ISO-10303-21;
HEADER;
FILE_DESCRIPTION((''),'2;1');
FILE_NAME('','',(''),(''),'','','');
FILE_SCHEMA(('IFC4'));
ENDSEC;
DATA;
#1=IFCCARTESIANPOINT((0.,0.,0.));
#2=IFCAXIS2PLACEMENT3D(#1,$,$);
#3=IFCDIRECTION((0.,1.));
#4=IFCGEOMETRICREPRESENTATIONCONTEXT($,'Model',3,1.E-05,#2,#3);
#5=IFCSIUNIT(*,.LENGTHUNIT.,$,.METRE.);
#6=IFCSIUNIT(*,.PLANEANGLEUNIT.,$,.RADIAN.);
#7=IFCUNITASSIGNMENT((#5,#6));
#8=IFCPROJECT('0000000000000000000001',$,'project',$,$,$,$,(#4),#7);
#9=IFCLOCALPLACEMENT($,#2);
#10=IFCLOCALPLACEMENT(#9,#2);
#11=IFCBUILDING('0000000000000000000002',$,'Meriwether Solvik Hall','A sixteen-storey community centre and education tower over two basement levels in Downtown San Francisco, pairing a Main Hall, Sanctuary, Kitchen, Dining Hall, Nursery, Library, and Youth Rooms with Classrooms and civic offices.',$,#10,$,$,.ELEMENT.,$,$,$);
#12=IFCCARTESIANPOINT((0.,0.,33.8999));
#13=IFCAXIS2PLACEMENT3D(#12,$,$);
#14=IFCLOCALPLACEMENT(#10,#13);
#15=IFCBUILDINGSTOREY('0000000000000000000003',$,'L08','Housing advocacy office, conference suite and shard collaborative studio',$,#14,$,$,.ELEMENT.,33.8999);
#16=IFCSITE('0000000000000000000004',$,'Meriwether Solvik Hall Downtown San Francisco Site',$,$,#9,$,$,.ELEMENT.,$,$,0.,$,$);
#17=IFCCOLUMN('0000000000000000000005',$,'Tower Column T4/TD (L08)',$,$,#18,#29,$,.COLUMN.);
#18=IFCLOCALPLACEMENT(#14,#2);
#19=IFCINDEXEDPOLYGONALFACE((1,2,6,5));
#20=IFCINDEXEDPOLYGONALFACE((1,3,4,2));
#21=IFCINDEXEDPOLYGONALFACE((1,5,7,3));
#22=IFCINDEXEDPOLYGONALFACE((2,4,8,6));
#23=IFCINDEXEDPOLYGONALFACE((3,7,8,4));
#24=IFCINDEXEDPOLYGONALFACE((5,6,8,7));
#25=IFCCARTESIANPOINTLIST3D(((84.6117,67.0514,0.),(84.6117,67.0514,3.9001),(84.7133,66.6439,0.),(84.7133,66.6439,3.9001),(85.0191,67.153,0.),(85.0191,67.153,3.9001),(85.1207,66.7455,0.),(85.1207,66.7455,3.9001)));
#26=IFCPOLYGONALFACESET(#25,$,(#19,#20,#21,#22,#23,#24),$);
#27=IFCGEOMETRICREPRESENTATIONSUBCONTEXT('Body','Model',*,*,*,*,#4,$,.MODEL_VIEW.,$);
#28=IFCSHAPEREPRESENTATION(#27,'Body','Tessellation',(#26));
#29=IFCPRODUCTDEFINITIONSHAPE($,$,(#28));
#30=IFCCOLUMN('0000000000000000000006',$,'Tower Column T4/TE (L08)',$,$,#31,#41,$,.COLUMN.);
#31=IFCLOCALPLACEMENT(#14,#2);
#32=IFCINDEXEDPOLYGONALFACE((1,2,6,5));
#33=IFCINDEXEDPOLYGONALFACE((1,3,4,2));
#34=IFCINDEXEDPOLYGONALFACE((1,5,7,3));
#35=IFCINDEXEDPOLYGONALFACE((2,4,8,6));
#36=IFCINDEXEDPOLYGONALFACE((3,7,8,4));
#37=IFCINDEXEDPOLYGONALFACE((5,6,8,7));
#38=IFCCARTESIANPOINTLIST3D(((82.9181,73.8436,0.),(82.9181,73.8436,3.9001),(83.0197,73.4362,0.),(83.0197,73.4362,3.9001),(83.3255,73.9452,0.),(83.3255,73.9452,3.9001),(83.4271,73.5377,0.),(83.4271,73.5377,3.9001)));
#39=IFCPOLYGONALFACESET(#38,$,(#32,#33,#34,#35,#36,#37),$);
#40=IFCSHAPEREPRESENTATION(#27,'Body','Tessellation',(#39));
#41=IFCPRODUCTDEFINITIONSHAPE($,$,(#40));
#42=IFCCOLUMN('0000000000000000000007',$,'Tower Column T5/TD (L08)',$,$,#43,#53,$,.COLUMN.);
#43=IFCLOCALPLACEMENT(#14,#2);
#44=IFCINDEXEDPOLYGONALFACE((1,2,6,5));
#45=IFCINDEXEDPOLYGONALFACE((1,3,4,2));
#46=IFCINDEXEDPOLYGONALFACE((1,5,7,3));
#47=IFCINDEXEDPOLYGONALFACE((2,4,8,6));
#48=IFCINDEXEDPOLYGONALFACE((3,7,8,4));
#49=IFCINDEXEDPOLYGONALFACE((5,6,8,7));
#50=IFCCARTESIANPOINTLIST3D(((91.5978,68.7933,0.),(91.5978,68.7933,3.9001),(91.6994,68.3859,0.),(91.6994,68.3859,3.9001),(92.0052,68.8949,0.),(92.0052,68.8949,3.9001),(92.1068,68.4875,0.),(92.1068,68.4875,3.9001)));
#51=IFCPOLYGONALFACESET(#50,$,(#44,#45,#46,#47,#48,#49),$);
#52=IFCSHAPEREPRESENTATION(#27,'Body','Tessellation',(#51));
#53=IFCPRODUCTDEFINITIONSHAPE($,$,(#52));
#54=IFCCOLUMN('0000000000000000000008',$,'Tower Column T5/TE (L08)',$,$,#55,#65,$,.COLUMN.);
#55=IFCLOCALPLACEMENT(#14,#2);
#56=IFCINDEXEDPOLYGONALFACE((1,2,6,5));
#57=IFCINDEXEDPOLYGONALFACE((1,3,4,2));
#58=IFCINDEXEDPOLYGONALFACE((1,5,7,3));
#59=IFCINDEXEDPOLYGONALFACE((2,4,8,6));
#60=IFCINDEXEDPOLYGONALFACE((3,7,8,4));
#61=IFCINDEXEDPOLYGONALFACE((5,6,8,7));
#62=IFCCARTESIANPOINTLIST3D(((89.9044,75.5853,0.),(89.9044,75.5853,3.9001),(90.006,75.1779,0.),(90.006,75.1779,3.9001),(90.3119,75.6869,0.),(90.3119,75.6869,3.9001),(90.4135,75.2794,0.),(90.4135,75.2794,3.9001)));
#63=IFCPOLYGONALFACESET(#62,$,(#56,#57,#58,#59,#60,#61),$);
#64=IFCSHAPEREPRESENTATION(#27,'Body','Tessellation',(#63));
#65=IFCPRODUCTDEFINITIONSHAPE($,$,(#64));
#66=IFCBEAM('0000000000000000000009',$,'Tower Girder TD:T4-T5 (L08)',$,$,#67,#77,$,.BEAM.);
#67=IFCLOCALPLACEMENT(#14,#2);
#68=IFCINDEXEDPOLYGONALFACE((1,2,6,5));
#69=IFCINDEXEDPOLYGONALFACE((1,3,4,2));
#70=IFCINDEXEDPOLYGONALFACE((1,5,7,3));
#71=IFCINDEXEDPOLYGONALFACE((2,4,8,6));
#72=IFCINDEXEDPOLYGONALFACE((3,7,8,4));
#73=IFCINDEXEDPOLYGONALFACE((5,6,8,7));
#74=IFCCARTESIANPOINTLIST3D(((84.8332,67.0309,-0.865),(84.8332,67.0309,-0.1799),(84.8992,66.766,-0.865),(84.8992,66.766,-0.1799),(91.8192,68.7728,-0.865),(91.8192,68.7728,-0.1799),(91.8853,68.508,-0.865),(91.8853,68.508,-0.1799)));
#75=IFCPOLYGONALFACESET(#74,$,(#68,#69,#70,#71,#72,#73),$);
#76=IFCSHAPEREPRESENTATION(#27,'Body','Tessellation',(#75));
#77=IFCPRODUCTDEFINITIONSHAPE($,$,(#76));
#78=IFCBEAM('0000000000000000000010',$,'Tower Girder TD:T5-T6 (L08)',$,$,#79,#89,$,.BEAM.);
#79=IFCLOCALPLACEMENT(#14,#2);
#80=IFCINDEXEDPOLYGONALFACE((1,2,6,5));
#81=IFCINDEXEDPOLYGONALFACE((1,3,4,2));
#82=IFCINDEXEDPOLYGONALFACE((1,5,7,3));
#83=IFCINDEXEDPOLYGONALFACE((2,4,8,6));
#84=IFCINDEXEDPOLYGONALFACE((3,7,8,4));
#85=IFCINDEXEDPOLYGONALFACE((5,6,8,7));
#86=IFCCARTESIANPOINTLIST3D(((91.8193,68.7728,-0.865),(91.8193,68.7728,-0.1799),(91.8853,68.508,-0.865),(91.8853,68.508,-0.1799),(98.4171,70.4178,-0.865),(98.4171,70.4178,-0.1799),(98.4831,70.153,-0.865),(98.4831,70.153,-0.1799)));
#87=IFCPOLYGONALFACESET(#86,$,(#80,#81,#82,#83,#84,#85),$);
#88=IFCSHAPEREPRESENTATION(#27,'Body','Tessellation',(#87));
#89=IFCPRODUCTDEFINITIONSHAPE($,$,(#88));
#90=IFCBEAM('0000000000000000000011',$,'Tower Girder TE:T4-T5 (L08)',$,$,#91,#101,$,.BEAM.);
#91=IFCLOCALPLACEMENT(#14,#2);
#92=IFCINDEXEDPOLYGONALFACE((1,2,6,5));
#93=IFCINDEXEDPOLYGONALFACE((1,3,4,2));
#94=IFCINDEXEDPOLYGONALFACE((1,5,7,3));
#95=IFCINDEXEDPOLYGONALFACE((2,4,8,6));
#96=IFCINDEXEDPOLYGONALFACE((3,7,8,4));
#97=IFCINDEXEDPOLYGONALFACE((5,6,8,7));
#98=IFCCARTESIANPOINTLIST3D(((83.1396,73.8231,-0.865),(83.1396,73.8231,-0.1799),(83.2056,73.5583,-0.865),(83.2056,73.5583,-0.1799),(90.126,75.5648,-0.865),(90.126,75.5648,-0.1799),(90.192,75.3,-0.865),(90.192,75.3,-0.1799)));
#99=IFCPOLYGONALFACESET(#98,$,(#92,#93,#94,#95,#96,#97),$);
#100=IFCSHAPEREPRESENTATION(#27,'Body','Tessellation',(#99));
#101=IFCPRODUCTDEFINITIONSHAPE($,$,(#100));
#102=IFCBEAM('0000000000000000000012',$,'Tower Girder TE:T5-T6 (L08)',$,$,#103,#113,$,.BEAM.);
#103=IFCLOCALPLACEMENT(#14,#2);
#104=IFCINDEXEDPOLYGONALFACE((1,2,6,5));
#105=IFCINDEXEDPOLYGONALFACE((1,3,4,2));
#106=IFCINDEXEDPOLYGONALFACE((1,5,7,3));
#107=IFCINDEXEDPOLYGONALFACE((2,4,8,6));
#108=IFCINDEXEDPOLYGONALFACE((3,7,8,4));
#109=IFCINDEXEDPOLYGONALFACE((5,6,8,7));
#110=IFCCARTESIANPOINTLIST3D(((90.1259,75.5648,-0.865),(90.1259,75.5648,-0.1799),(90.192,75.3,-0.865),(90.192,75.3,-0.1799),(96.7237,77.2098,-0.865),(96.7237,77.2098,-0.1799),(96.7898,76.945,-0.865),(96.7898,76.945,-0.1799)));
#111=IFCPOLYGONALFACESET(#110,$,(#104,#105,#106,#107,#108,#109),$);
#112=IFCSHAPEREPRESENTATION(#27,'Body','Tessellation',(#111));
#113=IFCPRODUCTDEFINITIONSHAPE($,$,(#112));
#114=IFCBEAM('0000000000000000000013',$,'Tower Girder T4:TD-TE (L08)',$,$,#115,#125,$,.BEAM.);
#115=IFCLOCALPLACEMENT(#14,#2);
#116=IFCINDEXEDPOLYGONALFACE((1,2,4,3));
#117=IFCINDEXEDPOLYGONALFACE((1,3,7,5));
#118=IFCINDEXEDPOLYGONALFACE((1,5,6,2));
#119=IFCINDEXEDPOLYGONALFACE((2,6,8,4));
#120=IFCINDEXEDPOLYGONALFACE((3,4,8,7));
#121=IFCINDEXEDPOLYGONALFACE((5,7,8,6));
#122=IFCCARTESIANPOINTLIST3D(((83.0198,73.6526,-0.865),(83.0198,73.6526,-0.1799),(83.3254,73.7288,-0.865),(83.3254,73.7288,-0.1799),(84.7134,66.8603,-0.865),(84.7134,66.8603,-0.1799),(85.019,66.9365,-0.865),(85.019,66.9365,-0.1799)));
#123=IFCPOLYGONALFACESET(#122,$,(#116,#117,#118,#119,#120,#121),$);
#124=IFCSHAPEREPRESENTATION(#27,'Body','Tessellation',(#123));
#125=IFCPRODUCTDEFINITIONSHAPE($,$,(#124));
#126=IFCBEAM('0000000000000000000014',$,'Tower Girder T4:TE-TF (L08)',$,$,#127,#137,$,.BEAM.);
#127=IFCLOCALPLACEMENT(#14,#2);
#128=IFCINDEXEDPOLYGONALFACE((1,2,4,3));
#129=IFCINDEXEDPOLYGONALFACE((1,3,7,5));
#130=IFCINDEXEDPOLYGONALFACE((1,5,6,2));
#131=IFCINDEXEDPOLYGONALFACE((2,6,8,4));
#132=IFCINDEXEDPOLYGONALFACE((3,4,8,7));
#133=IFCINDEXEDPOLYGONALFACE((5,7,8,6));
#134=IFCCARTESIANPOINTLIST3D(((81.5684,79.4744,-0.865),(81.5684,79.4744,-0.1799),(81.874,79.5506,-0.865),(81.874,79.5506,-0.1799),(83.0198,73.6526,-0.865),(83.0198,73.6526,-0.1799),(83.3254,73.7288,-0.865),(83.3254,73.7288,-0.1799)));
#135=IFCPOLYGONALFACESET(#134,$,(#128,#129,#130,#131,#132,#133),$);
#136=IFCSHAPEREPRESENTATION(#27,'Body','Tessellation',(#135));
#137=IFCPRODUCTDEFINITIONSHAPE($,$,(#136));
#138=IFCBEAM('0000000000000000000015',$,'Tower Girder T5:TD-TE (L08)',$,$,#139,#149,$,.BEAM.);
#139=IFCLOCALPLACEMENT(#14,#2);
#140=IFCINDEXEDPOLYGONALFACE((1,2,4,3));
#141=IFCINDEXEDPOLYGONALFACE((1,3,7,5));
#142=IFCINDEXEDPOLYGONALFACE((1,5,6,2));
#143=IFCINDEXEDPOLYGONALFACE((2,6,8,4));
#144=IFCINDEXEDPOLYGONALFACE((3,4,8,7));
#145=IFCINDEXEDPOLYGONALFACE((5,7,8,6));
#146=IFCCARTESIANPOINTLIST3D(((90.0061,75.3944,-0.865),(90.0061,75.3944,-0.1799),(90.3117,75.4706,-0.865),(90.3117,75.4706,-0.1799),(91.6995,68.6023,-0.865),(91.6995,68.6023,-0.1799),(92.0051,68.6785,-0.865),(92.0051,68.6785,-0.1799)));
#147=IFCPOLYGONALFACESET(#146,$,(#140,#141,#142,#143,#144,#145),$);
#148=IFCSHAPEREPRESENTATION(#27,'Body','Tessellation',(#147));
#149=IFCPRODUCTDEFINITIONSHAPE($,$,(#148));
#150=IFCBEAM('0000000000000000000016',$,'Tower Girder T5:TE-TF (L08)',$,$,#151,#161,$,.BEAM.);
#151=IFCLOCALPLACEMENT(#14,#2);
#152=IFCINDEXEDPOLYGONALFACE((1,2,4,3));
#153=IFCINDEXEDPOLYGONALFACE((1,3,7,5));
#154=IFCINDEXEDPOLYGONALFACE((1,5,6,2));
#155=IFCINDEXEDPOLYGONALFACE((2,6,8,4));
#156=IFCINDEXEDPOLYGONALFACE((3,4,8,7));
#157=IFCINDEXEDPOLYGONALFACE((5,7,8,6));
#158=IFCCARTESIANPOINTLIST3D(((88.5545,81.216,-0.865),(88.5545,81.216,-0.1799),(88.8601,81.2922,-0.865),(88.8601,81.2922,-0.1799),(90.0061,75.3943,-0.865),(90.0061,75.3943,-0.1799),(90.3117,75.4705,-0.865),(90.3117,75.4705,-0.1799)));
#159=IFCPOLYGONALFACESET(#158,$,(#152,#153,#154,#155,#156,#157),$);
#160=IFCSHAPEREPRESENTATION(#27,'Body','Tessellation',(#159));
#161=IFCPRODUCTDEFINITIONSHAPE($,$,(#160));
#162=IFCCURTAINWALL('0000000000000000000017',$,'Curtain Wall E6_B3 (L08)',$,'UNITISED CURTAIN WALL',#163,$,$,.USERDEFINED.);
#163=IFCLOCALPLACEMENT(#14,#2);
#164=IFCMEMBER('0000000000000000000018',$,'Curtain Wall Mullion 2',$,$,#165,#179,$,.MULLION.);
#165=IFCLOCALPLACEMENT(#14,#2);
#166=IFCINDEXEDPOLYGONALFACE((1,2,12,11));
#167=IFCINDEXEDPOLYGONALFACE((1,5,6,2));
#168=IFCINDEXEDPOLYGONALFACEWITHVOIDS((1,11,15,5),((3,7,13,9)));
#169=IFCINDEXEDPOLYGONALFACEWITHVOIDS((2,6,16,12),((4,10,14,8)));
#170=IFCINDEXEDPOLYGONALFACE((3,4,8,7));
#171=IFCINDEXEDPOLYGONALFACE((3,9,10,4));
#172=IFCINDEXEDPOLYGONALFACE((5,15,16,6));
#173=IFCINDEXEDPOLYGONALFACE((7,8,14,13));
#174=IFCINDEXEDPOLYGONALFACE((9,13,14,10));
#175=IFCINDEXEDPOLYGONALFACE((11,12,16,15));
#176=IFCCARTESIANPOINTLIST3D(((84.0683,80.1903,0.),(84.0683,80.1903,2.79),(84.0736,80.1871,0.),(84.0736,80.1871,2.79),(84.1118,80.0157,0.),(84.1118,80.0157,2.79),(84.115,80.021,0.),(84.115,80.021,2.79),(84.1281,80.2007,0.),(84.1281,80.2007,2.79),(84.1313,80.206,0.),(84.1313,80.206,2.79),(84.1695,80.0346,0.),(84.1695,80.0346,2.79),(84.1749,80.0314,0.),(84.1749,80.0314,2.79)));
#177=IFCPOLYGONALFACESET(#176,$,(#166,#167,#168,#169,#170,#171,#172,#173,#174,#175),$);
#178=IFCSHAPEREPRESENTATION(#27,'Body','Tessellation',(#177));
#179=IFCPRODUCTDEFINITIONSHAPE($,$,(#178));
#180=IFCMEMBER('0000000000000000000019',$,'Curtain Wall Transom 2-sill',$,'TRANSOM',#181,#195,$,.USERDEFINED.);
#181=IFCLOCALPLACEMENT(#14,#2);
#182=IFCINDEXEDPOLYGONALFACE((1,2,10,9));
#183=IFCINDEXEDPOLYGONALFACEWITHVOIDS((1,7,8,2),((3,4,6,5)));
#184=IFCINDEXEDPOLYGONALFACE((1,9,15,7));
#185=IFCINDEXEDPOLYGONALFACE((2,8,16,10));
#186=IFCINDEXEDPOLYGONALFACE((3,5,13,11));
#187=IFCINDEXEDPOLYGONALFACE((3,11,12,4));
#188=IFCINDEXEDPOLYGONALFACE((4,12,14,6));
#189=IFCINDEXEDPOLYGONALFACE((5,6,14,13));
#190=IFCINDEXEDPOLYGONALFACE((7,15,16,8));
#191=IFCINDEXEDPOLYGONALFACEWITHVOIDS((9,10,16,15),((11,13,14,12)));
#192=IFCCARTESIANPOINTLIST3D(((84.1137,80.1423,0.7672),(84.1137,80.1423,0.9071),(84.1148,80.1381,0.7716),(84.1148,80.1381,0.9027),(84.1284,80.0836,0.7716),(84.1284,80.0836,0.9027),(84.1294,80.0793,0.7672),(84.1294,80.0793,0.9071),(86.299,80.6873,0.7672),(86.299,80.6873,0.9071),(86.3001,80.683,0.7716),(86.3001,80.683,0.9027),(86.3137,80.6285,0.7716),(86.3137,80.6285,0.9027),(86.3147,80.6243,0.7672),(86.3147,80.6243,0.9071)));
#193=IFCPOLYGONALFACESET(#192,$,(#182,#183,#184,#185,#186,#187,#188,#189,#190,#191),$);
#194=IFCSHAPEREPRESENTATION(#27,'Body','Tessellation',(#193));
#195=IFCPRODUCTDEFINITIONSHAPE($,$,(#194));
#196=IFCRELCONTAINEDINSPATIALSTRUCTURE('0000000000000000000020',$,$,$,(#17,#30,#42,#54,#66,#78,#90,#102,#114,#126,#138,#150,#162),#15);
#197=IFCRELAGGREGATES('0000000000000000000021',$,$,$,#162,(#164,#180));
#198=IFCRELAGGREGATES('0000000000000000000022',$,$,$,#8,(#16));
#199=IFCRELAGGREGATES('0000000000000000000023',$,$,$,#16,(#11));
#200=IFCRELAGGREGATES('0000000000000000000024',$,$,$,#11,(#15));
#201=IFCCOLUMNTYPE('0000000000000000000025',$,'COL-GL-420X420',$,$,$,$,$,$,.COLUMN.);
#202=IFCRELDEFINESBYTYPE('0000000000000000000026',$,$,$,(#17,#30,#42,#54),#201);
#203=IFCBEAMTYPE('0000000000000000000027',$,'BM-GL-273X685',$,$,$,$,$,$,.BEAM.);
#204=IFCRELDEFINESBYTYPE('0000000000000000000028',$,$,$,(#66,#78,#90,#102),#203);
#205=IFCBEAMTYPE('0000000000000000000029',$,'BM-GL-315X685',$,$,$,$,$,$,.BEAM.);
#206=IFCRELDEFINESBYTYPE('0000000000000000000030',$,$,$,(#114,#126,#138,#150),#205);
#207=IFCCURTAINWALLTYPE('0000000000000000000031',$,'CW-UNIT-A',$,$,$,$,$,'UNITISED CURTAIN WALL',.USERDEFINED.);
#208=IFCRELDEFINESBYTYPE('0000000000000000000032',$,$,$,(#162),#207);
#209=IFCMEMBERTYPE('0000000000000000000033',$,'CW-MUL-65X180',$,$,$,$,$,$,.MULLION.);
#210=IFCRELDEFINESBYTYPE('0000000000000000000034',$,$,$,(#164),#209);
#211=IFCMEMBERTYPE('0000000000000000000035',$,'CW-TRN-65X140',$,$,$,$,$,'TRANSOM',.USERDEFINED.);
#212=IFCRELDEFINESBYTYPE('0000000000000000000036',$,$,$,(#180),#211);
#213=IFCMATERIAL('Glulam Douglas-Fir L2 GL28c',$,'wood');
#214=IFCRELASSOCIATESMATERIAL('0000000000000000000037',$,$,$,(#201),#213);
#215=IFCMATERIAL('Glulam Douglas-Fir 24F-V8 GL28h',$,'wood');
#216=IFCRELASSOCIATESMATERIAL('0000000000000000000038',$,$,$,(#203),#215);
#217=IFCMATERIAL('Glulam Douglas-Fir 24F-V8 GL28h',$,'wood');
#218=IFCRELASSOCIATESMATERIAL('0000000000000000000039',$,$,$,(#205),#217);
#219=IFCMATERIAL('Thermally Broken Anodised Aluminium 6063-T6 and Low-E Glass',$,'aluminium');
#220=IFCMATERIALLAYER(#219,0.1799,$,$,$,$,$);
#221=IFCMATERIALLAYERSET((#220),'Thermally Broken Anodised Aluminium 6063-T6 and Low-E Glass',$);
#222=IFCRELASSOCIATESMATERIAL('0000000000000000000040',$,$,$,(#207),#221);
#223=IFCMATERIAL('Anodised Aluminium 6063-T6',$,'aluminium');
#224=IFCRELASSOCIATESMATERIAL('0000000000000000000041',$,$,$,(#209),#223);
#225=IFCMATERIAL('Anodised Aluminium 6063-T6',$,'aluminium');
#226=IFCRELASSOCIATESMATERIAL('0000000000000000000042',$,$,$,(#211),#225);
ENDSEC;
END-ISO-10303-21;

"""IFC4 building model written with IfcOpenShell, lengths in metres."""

from ifc_helpers import new_model, si_unit, direction, frame, origin, origin_2d, place, context, subcontext, project, spatial, rectangle, hollow_rectangle, extrude, material, layer, layer_set, material_profile, profile_set, type_object, element, aggregate, save


model = new_model("IFC4")

# Units and contexts
model_context = context("Model", 3, precision=1e-05, world=origin(), true_north=direction((0.0, 1.0)))
body_context = subcontext(model_context, "Body", "Model", "MODEL_VIEW")
ifc_project = project(units=[si_unit("LENGTHUNIT", "METRE"), si_unit("PLANEANGLEUNIT", "RADIAN")], contexts=[model_context])

# Site, building, storey
site_placement = place(None, origin())
site = spatial("IfcSite", under=ifc_project, at=site_placement, Name="Meriwether Solvik Hall Downtown San Francisco Site", CompositionType="ELEMENT", RefElevation=0.0)
building_placement = place(site_placement, origin())
building = spatial("IfcBuilding", under=site, at=building_placement, Name="Meriwether Solvik Hall", Description="A sixteen-storey community centre and education tower over two basement levels in Downtown San Francisco, pairing a Main Hall, Sanctuary, Kitchen, Dining Hall, Nursery, Library, and Youth Rooms with Classrooms and civic offices.", CompositionType="ELEMENT")
storey_placement = place(building_placement, frame((0.0, 0.0, 33.8999)))
storey = spatial("IfcBuildingStorey", under=building, at=storey_placement, Name="L08", Description="Housing advocacy office, conference suite and shard collaborative studio", CompositionType="ELEMENT", Elevation=33.8999)

# Columns
ifc_material_1 = material(Name="Glulam Douglas-Fir L2 GL28c", Category="wood")
ifc_material_profile_1 = material_profile(ifc_material_1, rectangle(XDim=0.4199, YDim=0.4199, at=origin_2d()), Name="GLC-420X420")
ifc_profile_set_1 = profile_set([ifc_material_profile_1], Name="Glulam Douglas-Fir L2 GL28c")
column_type = type_object("IfcColumnType", Name="COL-GL-420X420", PredefinedType="COLUMN", material=ifc_profile_set_1)
for number, where, z_axis, x_axis, name in (
    (1, (84.8662, 66.8984, 0.0), (0.0, 0.0, 1.0), (0.970296, 0.241922, 0.0), "Tower Column T4/TD (L08)"),
    (2, (83.1726, 73.6907, 0.0), (0.0, 0.0, 1.0), (0.970296, 0.241922, 0.0), "Tower Column T4/TE (L08)"),
    (3, (91.8523, 68.6404, 0.0), (0.0, 0.0, 1.0), (0.970296, 0.241922, 0.0), "Tower Column T5/TD (L08)"),
    (4, (90.1589, 75.4324, 0.0), (0.0, 0.0, 1.0), (0.970296, 0.241922, 0.0), "Tower Column T5/TE (L08)"),
):
    element("IfcColumn", number, at=place(storey_placement, frame(where, z_axis=z_axis, x_axis=x_axis)), inside=storey, type_object=column_type, Name=name, PredefinedType="COLUMN", context=body_context, shape_type="SweptSolid", body=[
        extrude(rectangle(XDim=0.4199, YDim=0.4199, at=origin_2d()), origin(), (0.0, 0.0, 1.0), 3.9001),
    ])

# Beams
ifc_material_2 = material(Name="Glulam Douglas-Fir 24F-V8 GL28h", Category="wood")
ifc_material_profile_2 = material_profile(ifc_material_2, rectangle(XDim=0.2729, YDim=0.6851, at=origin_2d()), Name="GLB-273X685")
ifc_profile_set_2 = profile_set([ifc_material_profile_2], Name="Glulam Douglas-Fir 24F-V8 GL28h")
beam_type_1 = type_object("IfcBeamType", Name="BM-GL-273X685", PredefinedType="BEAM", material=ifc_profile_set_2)
beam_1_placement = place(storey_placement, frame((84.8662, 66.8984, -0.5225), z_axis=(0.970292, 0.241937, 0.0), x_axis=(-0.241937, 0.970292, 0.0)))
element("IfcBeam", 5, at=beam_1_placement, inside=storey, type_object=beam_type_1, Name="Tower Girder TD:T4-T5 (L08)", PredefinedType="BEAM", context=body_context, shape_type="SweptSolid", body=[
    extrude(rectangle(XDim=0.2729, YDim=0.6851, at=origin_2d()), origin(), (0.0, 0.0, 1.0), 7.2),
])
beam_2_placement = place(storey_placement, frame((91.8523, 68.6404, -0.5225), z_axis=(0.970296, 0.241919, 0.0), x_axis=(-0.241919, 0.970296, 0.0)))
element("IfcBeam", 6, at=beam_2_placement, inside=storey, type_object=beam_type_1, Name="Tower Girder TD:T5-T6 (L08)", PredefinedType="BEAM", context=body_context, shape_type="SweptSolid", body=[
    extrude(rectangle(XDim=0.2729, YDim=0.6851, at=origin_2d()), origin(), (0.0, 0.0, 1.0), 6.7998),
])
beam_3_placement = place(storey_placement, frame((83.1726, 73.6907, -0.5225), z_axis=(0.970302, 0.241897, 0.0), x_axis=(-0.241897, 0.970302, 0.0)))
element("IfcBeam", 7, at=beam_3_placement, inside=storey, type_object=beam_type_1, Name="Tower Girder TE:T4-T5 (L08)", PredefinedType="BEAM", context=body_context, shape_type="SweptSolid", body=[
    extrude(rectangle(XDim=0.2729, YDim=0.6851, at=origin_2d()), origin(), (0.0, 0.0, 1.0), 7.2002),
])
beam_4_placement = place(storey_placement, frame((90.1589, 75.4324, -0.5225), z_axis=(0.970296, 0.241919, 0.0), x_axis=(-0.241919, 0.970296, 0.0)))
element("IfcBeam", 8, at=beam_4_placement, inside=storey, type_object=beam_type_1, Name="Tower Girder TE:T5-T6 (L08)", PredefinedType="BEAM", context=body_context, shape_type="SweptSolid", body=[
    extrude(rectangle(XDim=0.2729, YDim=0.6851, at=origin_2d()), origin(), (0.0, 0.0, 1.0), 6.7998),
])
ifc_material_3 = material(Name="Glulam Douglas-Fir 24F-V8 GL28h", Category="wood")
ifc_material_profile_3 = material_profile(ifc_material_3, rectangle(XDim=0.3149, YDim=0.6851, at=origin_2d()), Name="GLB-315X685")
ifc_profile_set_3 = profile_set([ifc_material_profile_3], Name="Glulam Douglas-Fir 24F-V8 GL28h")
beam_type_2 = type_object("IfcBeamType", Name="BM-GL-315X685", PredefinedType="BEAM", material=ifc_profile_set_3)
beam_5_placement = place(storey_placement, frame((84.8662, 66.8984, -0.5225), z_axis=(-0.241937, 0.970292, 0.0), x_axis=(-0.970292, -0.241937, 0.0)))
element("IfcBeam", 9, at=beam_5_placement, inside=storey, type_object=beam_type_2, Name="Tower Girder T4:TD-TE (L08)", PredefinedType="BEAM", context=body_context, shape_type="SweptSolid", body=[
    extrude(rectangle(XDim=0.3149, YDim=0.6851, at=origin_2d()), origin(), (0.0, 0.0, 1.0), 7.0002),
])
beam_6_placement = place(storey_placement, frame((83.1726, 73.6907, -0.5225), z_axis=(-0.241904, 0.9703, 0.0), x_axis=(-0.9703, -0.241904, 0.0)))
element("IfcBeam", 10, at=beam_6_placement, inside=storey, type_object=beam_type_2, Name="Tower Girder T4:TE-TF (L08)", PredefinedType="BEAM", context=body_context, shape_type="SweptSolid", body=[
    extrude(rectangle(XDim=0.3149, YDim=0.6851, at=origin_2d()), origin(), (0.0, 0.0, 1.0), 6.0),
])
beam_7_placement = place(storey_placement, frame((91.8523, 68.6404, -0.5225), z_axis=(-0.241912, 0.970298, 0.0), x_axis=(-0.970298, -0.241912, 0.0)))
element("IfcBeam", 11, at=beam_7_placement, inside=storey, type_object=beam_type_2, Name="Tower Girder T5:TD-TE (L08)", PredefinedType="BEAM", context=body_context, shape_type="SweptSolid", body=[
    extrude(rectangle(XDim=0.3149, YDim=0.6851, at=origin_2d()), origin(), (0.0, 0.0, 1.0), 7.0),
])
beam_8_placement = place(storey_placement, frame((90.1589, 75.4324, -0.5225), z_axis=(-0.241942, 0.970291, 0.0), x_axis=(-0.970291, -0.241942, 0.0)))
element("IfcBeam", 12, at=beam_8_placement, inside=storey, type_object=beam_type_2, Name="Tower Girder T5:TE-TF (L08)", PredefinedType="BEAM", context=body_context, shape_type="SweptSolid", body=[
    extrude(rectangle(XDim=0.3149, YDim=0.6851, at=origin_2d()), origin(), (0.0, 0.0, 1.0), 6.0),
])

# Curtain wall, members
ifc_material_4 = material(Name="Thermally Broken Anodised Aluminium 6063-T6 and Low-E Glass", Category="aluminium")
ifc_layer_1 = layer(ifc_material_4, 0.1799)
ifc_layer_set_1 = layer_set([ifc_layer_1], Name="Thermally Broken Anodised Aluminium 6063-T6 and Low-E Glass")
curtain_wall_type = type_object("IfcCurtainWallType", Name="CW-UNIT-A", ElementType="UNITISED CURTAIN WALL", PredefinedType="USERDEFINED", material=ifc_layer_set_1)
curtain_wall_placement = place(storey_placement, origin())
curtain_wall = element("IfcCurtainWall", 13, at=curtain_wall_placement, inside=storey, type_object=curtain_wall_type, Name="Curtain Wall E6_B3 (L08)", ObjectType="UNITISED CURTAIN WALL", PredefinedType="USERDEFINED")
ifc_material_5 = material(Name="Anodised Aluminium 6063-T6", Category="aluminium")
ifc_material_profile_4 = material_profile(ifc_material_5, hollow_rectangle(XDim=0.0649, YDim=0.1799, WallThickness=0.0044, at=origin_2d()), Name="CWM-65X180")
ifc_profile_set_4 = profile_set([ifc_material_profile_4], Name="Anodised Aluminium 6063-T6")
member_type_1 = type_object("IfcMemberType", Name="CW-MUL-65X180", PredefinedType="MULLION", material=ifc_profile_set_4)
member_1_placement = place(storey_placement, frame((84.1216, 80.1108, 0.0), z_axis=(0.0, 0.0, 1.0), x_axis=(0.970296, 0.241922, 0.0)))
member_1 = element("IfcMember", 14, at=member_1_placement, type_object=member_type_1, Name="Curtain Wall Mullion 2", PredefinedType="MULLION", context=body_context, shape_type="SweptSolid", body=[
    extrude(hollow_rectangle(XDim=0.0649, YDim=0.1799, WallThickness=0.0044, at=origin_2d()), origin(), (0.0, 0.0, 1.0), 2.79),
])
ifc_material_6 = material(Name="Anodised Aluminium 6063-T6", Category="aluminium")
ifc_material_profile_5 = material_profile(ifc_material_6, hollow_rectangle(XDim=0.0649, YDim=0.1399, WallThickness=0.0044, at=origin_2d()), Name="CWT-65X140")
ifc_profile_set_5 = profile_set([ifc_material_profile_5], Name="Anodised Aluminium 6063-T6")
member_type_2 = type_object("IfcMemberType", Name="CW-TRN-65X140", ElementType="TRANSOM", PredefinedType="USERDEFINED", material=ifc_profile_set_5)
member_2_placement = place(storey_placement, frame((84.1216, 80.1108, 0.8372), z_axis=(0.970289, 0.241949, 0.0), x_axis=(-0.241949, 0.970289, 0.0)))
member_2 = element("IfcMember", 15, at=member_2_placement, type_object=member_type_2, Name="Curtain Wall Transom 2-sill", ObjectType="TRANSOM", PredefinedType="USERDEFINED", context=body_context, shape_type="SweptSolid", body=[
    extrude(hollow_rectangle(XDim=0.0649, YDim=0.1399, WallThickness=0.0044, at=origin_2d()), origin(), (0.0, 0.0, 1.0), 2.2522),
])

aggregate(curtain_wall, [member_1, member_2])

save(model, "model.ifc")
